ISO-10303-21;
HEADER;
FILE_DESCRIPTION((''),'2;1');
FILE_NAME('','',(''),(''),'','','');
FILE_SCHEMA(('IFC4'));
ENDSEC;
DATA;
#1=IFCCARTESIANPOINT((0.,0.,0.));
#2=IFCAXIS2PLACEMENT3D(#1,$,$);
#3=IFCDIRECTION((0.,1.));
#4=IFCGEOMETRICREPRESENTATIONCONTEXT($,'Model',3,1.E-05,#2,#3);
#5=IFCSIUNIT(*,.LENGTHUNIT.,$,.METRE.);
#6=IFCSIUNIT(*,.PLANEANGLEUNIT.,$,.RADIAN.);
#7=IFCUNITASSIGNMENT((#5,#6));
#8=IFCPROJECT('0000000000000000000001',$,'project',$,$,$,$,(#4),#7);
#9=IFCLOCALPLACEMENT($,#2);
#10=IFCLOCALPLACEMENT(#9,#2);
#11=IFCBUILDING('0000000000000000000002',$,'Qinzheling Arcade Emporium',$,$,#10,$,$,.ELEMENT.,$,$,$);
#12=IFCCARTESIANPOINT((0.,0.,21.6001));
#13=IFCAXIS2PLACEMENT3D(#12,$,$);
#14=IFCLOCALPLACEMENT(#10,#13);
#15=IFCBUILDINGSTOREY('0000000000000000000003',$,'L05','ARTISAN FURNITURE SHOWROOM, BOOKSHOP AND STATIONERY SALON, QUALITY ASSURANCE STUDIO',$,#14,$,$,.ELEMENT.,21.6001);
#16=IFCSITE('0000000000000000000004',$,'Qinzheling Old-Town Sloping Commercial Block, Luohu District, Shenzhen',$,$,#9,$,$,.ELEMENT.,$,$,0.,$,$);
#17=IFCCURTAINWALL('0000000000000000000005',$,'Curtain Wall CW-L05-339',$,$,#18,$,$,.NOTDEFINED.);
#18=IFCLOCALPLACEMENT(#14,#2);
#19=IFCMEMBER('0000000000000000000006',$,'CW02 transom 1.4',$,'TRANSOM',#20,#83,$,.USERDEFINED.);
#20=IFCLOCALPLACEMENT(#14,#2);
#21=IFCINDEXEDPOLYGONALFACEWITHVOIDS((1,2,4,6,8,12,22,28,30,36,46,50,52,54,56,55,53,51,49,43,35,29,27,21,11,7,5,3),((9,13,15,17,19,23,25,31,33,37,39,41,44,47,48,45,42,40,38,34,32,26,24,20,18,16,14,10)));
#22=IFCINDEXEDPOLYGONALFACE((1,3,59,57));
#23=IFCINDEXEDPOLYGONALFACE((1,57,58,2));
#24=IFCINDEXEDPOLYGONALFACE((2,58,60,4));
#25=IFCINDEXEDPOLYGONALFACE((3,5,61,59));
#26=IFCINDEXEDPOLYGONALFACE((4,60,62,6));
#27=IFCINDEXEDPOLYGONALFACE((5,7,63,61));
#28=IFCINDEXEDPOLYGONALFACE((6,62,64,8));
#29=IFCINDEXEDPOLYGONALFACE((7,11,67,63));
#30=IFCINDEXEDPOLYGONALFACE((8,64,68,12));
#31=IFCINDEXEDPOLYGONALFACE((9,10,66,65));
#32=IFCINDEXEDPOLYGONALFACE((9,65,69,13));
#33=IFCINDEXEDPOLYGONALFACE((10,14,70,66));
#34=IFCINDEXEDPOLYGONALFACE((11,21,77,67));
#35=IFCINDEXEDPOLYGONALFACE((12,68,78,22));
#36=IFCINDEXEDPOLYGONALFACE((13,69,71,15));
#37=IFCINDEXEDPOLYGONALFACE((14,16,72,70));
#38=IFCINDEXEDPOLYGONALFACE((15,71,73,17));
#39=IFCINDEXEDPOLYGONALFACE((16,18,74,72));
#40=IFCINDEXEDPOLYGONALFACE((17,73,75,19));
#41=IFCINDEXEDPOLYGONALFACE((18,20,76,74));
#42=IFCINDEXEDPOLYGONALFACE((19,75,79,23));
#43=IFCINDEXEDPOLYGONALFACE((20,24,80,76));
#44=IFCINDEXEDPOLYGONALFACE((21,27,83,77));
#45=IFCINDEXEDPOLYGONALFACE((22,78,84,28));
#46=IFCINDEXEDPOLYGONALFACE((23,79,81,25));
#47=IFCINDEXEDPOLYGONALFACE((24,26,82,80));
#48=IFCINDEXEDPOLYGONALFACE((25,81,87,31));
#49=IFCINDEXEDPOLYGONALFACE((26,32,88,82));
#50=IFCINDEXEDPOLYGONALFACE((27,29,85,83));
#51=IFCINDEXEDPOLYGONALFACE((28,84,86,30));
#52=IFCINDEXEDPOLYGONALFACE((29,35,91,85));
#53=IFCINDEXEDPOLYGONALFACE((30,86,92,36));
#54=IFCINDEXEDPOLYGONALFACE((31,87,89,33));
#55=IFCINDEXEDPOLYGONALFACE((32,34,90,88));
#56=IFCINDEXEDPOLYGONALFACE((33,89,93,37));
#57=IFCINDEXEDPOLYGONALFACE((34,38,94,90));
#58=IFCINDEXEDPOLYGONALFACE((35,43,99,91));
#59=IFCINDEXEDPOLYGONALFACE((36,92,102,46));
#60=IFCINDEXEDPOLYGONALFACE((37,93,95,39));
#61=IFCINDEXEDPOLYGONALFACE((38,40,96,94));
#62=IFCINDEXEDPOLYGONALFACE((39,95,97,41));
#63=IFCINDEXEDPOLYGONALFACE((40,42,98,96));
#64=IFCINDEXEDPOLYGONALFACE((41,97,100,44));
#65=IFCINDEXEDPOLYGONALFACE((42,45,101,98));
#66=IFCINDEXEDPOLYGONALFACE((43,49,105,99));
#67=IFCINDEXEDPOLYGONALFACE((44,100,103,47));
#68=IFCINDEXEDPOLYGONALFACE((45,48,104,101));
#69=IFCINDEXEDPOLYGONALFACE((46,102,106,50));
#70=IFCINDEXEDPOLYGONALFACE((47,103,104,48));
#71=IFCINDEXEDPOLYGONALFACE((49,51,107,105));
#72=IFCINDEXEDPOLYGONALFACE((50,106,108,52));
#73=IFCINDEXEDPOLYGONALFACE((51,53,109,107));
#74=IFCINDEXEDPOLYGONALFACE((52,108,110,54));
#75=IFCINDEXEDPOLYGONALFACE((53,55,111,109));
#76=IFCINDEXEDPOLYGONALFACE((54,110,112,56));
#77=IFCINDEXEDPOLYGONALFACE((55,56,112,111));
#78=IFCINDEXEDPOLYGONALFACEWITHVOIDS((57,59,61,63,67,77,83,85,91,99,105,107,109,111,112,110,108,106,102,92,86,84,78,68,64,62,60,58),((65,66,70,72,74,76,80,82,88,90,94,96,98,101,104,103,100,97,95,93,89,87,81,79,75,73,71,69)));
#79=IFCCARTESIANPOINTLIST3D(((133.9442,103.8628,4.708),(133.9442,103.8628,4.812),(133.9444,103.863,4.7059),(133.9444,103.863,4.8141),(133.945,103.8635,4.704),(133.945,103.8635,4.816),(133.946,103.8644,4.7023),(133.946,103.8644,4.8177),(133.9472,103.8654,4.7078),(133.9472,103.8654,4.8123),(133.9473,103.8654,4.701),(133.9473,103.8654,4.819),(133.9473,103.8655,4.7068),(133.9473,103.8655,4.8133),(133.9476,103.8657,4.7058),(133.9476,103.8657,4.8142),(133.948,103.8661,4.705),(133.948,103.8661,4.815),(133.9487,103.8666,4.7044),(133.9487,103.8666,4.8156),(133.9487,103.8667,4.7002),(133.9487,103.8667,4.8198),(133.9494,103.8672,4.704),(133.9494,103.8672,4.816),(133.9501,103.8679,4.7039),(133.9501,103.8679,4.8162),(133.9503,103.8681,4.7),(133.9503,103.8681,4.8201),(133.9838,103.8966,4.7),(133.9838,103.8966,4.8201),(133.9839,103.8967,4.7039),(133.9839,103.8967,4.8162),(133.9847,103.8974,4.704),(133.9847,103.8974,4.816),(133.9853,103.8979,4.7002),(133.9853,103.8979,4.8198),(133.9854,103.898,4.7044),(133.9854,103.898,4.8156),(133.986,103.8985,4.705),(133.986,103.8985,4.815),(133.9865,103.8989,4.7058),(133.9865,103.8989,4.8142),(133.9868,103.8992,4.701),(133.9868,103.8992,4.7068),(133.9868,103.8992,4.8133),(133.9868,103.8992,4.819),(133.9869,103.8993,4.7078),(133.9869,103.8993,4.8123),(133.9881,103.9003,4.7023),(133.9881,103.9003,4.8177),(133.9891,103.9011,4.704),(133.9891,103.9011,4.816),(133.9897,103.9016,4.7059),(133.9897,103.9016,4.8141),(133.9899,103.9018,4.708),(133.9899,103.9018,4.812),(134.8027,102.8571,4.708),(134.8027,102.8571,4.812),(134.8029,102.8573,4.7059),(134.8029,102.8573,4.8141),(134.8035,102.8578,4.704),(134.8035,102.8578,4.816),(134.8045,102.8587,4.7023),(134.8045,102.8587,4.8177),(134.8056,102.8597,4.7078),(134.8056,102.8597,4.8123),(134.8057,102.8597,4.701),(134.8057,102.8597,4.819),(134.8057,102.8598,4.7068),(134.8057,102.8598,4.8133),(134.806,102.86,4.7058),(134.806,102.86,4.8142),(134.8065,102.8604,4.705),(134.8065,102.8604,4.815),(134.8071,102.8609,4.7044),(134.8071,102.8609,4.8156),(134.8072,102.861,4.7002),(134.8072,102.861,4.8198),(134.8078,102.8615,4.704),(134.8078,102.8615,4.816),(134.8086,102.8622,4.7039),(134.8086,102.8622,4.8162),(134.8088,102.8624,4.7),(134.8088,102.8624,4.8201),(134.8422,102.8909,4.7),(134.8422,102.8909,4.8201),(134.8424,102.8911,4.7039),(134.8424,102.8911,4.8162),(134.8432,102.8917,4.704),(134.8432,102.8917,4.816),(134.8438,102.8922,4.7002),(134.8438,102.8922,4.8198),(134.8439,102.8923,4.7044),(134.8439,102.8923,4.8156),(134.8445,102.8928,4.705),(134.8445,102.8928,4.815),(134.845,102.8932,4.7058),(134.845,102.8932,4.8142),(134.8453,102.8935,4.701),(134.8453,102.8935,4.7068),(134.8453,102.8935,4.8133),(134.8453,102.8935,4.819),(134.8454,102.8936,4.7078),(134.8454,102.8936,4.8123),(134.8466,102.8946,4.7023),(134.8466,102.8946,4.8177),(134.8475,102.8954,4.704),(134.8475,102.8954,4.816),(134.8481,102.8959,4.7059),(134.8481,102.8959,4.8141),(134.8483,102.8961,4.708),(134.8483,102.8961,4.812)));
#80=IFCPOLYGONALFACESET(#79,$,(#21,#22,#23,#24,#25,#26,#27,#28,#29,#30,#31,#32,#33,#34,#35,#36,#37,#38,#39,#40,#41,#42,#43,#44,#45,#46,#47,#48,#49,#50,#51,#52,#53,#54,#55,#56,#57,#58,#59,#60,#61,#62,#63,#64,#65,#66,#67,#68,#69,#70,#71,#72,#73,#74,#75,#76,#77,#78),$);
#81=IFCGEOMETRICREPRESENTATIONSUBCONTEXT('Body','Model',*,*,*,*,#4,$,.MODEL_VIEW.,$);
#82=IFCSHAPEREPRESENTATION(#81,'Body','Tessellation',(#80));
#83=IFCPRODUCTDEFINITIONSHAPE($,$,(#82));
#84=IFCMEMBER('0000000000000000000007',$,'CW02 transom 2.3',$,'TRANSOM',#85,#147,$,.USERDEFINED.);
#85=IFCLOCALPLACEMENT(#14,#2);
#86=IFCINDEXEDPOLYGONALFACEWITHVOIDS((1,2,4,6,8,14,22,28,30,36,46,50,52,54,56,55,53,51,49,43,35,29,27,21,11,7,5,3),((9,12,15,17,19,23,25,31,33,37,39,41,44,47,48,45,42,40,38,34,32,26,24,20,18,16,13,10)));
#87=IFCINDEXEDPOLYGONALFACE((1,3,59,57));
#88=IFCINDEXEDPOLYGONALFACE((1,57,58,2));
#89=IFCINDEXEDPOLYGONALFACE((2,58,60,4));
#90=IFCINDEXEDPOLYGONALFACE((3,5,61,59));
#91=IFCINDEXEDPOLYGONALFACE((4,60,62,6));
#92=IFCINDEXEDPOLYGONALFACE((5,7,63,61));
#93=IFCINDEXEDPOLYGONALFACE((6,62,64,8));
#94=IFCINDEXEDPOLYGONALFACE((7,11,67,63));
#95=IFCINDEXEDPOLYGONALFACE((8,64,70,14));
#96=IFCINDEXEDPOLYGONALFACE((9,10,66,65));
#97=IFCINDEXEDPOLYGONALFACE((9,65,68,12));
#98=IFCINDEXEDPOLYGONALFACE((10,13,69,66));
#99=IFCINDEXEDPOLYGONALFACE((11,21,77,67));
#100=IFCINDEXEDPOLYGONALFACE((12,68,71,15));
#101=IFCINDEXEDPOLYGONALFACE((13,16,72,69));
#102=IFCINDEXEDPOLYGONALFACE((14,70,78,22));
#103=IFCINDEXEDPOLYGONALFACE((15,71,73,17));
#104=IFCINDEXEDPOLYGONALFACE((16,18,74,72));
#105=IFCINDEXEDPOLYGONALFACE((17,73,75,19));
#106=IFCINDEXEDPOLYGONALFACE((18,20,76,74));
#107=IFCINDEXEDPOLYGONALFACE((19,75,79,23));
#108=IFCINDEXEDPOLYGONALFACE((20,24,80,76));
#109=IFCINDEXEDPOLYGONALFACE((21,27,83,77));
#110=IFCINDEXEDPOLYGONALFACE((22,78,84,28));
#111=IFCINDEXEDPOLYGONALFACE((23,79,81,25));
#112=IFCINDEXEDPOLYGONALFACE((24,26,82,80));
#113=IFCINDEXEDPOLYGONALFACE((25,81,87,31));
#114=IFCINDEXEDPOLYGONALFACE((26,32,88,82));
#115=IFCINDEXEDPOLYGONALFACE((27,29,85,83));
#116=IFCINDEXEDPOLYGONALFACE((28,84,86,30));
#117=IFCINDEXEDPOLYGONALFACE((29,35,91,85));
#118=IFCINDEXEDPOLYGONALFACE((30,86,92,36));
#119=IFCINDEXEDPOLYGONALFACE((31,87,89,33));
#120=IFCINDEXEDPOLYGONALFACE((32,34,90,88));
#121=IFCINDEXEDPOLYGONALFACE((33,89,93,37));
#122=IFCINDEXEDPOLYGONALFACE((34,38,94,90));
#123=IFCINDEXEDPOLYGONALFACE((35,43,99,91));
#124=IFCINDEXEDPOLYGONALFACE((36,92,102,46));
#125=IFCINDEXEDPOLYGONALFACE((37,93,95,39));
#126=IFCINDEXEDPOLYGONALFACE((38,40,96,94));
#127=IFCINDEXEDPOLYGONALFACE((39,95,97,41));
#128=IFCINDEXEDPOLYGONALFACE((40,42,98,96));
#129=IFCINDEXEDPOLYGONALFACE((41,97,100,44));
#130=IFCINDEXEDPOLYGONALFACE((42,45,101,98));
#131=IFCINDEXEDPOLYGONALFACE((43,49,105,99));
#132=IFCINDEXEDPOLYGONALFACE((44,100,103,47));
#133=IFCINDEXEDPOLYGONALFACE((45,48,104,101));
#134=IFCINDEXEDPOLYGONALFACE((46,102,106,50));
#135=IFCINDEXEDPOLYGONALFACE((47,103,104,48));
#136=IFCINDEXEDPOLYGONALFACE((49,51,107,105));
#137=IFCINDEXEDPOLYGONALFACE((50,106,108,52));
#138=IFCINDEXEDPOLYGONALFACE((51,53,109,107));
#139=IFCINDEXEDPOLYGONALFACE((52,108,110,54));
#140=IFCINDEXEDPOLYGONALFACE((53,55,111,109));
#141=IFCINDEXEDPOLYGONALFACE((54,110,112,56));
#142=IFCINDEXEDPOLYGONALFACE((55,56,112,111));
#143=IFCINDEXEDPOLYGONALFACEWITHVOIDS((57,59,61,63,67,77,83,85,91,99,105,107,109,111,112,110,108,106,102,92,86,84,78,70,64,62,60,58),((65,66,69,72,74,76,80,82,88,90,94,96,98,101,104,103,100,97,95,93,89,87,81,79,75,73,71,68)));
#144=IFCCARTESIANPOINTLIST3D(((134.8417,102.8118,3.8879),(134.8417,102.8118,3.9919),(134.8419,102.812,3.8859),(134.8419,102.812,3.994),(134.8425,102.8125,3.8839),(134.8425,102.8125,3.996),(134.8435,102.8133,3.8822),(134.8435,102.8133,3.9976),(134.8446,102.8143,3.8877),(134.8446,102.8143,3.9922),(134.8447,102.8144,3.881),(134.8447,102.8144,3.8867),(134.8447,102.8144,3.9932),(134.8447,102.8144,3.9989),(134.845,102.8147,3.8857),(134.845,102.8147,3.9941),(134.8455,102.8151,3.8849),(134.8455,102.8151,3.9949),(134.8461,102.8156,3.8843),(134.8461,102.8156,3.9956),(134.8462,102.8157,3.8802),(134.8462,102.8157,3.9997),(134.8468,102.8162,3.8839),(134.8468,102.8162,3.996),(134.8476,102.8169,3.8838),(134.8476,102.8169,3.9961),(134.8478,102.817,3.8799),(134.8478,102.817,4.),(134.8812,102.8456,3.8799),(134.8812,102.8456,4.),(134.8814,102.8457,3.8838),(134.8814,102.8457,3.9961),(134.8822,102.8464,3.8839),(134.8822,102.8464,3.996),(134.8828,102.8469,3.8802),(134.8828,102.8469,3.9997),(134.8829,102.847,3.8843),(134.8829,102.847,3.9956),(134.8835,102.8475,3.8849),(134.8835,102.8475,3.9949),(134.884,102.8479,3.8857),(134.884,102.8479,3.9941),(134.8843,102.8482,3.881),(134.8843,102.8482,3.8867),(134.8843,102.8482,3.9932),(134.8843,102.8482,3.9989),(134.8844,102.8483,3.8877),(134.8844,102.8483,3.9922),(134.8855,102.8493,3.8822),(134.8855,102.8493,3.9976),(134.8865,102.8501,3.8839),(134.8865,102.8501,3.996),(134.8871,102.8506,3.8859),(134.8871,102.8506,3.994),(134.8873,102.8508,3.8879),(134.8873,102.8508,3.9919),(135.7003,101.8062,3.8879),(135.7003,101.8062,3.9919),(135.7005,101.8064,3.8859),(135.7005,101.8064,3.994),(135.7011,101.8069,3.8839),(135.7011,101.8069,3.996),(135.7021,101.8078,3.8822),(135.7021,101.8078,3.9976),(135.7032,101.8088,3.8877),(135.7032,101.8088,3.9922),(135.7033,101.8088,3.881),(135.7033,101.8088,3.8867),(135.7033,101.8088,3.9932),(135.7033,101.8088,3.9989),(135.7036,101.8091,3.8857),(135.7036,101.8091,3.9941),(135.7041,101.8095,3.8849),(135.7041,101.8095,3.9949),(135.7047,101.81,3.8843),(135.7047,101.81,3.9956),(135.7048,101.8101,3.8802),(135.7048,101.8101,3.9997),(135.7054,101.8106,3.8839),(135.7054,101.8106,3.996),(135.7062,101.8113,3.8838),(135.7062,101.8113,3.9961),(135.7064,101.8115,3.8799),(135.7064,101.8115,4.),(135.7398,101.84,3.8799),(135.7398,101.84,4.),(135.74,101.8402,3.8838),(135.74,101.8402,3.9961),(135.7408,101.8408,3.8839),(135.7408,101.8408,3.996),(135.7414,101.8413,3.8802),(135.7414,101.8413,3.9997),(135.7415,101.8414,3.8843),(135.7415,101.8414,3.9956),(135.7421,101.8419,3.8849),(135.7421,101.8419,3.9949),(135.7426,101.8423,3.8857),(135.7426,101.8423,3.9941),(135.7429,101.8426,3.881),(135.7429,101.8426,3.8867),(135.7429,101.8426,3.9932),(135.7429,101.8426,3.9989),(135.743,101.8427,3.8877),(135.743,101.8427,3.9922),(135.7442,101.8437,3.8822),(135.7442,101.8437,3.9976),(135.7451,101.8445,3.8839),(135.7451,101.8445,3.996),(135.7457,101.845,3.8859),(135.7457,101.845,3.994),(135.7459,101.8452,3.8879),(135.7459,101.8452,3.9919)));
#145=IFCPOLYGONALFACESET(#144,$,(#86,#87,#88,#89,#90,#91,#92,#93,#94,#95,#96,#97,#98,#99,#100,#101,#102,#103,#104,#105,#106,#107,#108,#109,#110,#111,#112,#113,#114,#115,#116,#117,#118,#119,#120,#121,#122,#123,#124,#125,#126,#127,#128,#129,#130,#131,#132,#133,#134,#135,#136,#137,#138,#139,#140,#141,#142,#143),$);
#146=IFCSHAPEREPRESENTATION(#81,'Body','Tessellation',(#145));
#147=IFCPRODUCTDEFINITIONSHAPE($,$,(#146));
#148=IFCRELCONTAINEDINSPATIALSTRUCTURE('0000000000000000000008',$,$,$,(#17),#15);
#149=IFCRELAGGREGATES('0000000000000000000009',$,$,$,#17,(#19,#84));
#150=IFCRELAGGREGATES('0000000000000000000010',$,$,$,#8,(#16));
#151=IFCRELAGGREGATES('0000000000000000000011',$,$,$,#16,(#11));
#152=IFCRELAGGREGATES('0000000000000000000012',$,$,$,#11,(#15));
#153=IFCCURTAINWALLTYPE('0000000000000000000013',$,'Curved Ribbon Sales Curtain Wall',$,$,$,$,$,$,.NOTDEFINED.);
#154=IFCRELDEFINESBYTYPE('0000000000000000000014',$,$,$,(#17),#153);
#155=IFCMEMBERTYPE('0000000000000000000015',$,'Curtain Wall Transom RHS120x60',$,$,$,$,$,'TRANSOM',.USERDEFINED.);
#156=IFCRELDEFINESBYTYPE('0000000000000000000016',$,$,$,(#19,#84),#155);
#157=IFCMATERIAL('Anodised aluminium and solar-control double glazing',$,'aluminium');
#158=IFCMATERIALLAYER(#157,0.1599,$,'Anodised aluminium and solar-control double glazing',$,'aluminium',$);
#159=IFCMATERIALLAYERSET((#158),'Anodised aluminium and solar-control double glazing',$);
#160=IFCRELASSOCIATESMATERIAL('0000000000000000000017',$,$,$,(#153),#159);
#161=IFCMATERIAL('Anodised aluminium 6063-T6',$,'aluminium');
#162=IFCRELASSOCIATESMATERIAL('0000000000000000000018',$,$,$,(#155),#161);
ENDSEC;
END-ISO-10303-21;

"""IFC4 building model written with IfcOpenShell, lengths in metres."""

from ifc_helpers import new_model, si_unit, direction, frame, origin, origin_2d, place, context, subcontext, project, spatial, hollow_rectangle, extrude, material, layer, layer_set, material_profile, profile_set, type_object, element, aggregate, save


model = new_model("IFC4")

# Units and contexts
model_context = context("Model", 3, precision=1e-05, world=origin(), true_north=direction((0.0, 1.0)))
body_context = subcontext(model_context, "Body", "Model", "MODEL_VIEW")
ifc_project = project(units=[si_unit("LENGTHUNIT", "METRE"), si_unit("PLANEANGLEUNIT", "RADIAN")], contexts=[model_context])

# Site, building, storey
site_placement = place(None, origin())
site = spatial("IfcSite", under=ifc_project, at=site_placement, Name="Qinzheling Old-Town Sloping Commercial Block, Luohu District, Shenzhen", CompositionType="ELEMENT", RefElevation=0.0)
building_placement = place(site_placement, origin())
building = spatial("IfcBuilding", under=site, at=building_placement, Name="Qinzheling Arcade Emporium", CompositionType="ELEMENT")
storey_placement = place(building_placement, frame((0.0, 0.0, 21.6001)))
storey = spatial("IfcBuildingStorey", under=building, at=storey_placement, Name="L05", Description="ARTISAN FURNITURE SHOWROOM, BOOKSHOP AND STATIONERY SALON, QUALITY ASSURANCE STUDIO", CompositionType="ELEMENT", Elevation=21.6001)

# Shared definitions
ifc_material_1 = material(Name="Anodised aluminium and solar-control double glazing", Category="aluminium")
ifc_layer_1 = layer(ifc_material_1, 0.1599, Name="Anodised aluminium and solar-control double glazing", Category="aluminium")
ifc_layer_set_1 = layer_set([ifc_layer_1], Name="Anodised aluminium and solar-control double glazing")
curtain_wall_type = type_object("IfcCurtainWallType", Name="Curved Ribbon Sales Curtain Wall", PredefinedType="NOTDEFINED", material=ifc_layer_set_1)
ifc_material_2 = material(Name="Anodised aluminium 6063-T6", Category="aluminium")

# Curtain wall
curtain_wall_1_placement = place(storey_placement, origin())
curtain_wall_1 = element("IfcCurtainWall", 1, at=curtain_wall_1_placement, inside=storey, type_object=curtain_wall_type, Name="Curtain Wall CW-L05-339", PredefinedType="NOTDEFINED")

# Members
ifc_material_profile_1 = material_profile(ifc_material_2, hollow_rectangle(XDim=0.0601, YDim=0.1201, WallThickness=0.0039, InnerFilletRadius=0.0039, OuterFilletRadius=0.0081, at=origin_2d()), Name="RHS 120x60x4", Category="aluminium")
ifc_profile_set_1 = profile_set([ifc_material_profile_1], Name="Anodised aluminium 6063-T6")
member_type_1 = type_object("IfcMemberType", Name="Curtain Wall Transom RHS120x60", ElementType="TRANSOM", PredefinedType="USERDEFINED", material=ifc_profile_set_1)
member_1_placement = place(storey_placement, frame((133.967, 103.8823, 4.76), z_axis=(0.649239, -0.760585, 0.0), x_axis=(0.760585, 0.649239, 0.0)))
member_1 = element("IfcMember", 2, at=member_1_placement, type_object=member_type_1, Name="CW02 transom 1.4", ObjectType="TRANSOM", PredefinedType="USERDEFINED", context=body_context, shape_type="SweptSolid", body=[
    extrude(hollow_rectangle(XDim=0.0601, YDim=0.1201, WallThickness=0.0039, InnerFilletRadius=0.0039, OuterFilletRadius=0.0081, at=origin_2d()), origin(), (0.0, 0.0, 1.0), 1.3223),
])
member_2_placement = place(storey_placement, frame((134.8645, 102.8313, 3.9399), z_axis=(0.649346, -0.760493, 0.0), x_axis=(0.760493, 0.649346, 0.0)))
member_2 = element("IfcMember", 3, at=member_2_placement, type_object=member_type_1, Name="CW02 transom 2.3", ObjectType="TRANSOM", PredefinedType="USERDEFINED", context=body_context, shape_type="SweptSolid", body=[
    extrude(hollow_rectangle(XDim=0.0601, YDim=0.1201, WallThickness=0.0039, InnerFilletRadius=0.0039, OuterFilletRadius=0.0081, at=origin_2d()), origin(), (0.0, 0.0, 1.0), 1.3223),
])

aggregate(curtain_wall_1, [member_1, member_2])

save(model, "model.ifc")
